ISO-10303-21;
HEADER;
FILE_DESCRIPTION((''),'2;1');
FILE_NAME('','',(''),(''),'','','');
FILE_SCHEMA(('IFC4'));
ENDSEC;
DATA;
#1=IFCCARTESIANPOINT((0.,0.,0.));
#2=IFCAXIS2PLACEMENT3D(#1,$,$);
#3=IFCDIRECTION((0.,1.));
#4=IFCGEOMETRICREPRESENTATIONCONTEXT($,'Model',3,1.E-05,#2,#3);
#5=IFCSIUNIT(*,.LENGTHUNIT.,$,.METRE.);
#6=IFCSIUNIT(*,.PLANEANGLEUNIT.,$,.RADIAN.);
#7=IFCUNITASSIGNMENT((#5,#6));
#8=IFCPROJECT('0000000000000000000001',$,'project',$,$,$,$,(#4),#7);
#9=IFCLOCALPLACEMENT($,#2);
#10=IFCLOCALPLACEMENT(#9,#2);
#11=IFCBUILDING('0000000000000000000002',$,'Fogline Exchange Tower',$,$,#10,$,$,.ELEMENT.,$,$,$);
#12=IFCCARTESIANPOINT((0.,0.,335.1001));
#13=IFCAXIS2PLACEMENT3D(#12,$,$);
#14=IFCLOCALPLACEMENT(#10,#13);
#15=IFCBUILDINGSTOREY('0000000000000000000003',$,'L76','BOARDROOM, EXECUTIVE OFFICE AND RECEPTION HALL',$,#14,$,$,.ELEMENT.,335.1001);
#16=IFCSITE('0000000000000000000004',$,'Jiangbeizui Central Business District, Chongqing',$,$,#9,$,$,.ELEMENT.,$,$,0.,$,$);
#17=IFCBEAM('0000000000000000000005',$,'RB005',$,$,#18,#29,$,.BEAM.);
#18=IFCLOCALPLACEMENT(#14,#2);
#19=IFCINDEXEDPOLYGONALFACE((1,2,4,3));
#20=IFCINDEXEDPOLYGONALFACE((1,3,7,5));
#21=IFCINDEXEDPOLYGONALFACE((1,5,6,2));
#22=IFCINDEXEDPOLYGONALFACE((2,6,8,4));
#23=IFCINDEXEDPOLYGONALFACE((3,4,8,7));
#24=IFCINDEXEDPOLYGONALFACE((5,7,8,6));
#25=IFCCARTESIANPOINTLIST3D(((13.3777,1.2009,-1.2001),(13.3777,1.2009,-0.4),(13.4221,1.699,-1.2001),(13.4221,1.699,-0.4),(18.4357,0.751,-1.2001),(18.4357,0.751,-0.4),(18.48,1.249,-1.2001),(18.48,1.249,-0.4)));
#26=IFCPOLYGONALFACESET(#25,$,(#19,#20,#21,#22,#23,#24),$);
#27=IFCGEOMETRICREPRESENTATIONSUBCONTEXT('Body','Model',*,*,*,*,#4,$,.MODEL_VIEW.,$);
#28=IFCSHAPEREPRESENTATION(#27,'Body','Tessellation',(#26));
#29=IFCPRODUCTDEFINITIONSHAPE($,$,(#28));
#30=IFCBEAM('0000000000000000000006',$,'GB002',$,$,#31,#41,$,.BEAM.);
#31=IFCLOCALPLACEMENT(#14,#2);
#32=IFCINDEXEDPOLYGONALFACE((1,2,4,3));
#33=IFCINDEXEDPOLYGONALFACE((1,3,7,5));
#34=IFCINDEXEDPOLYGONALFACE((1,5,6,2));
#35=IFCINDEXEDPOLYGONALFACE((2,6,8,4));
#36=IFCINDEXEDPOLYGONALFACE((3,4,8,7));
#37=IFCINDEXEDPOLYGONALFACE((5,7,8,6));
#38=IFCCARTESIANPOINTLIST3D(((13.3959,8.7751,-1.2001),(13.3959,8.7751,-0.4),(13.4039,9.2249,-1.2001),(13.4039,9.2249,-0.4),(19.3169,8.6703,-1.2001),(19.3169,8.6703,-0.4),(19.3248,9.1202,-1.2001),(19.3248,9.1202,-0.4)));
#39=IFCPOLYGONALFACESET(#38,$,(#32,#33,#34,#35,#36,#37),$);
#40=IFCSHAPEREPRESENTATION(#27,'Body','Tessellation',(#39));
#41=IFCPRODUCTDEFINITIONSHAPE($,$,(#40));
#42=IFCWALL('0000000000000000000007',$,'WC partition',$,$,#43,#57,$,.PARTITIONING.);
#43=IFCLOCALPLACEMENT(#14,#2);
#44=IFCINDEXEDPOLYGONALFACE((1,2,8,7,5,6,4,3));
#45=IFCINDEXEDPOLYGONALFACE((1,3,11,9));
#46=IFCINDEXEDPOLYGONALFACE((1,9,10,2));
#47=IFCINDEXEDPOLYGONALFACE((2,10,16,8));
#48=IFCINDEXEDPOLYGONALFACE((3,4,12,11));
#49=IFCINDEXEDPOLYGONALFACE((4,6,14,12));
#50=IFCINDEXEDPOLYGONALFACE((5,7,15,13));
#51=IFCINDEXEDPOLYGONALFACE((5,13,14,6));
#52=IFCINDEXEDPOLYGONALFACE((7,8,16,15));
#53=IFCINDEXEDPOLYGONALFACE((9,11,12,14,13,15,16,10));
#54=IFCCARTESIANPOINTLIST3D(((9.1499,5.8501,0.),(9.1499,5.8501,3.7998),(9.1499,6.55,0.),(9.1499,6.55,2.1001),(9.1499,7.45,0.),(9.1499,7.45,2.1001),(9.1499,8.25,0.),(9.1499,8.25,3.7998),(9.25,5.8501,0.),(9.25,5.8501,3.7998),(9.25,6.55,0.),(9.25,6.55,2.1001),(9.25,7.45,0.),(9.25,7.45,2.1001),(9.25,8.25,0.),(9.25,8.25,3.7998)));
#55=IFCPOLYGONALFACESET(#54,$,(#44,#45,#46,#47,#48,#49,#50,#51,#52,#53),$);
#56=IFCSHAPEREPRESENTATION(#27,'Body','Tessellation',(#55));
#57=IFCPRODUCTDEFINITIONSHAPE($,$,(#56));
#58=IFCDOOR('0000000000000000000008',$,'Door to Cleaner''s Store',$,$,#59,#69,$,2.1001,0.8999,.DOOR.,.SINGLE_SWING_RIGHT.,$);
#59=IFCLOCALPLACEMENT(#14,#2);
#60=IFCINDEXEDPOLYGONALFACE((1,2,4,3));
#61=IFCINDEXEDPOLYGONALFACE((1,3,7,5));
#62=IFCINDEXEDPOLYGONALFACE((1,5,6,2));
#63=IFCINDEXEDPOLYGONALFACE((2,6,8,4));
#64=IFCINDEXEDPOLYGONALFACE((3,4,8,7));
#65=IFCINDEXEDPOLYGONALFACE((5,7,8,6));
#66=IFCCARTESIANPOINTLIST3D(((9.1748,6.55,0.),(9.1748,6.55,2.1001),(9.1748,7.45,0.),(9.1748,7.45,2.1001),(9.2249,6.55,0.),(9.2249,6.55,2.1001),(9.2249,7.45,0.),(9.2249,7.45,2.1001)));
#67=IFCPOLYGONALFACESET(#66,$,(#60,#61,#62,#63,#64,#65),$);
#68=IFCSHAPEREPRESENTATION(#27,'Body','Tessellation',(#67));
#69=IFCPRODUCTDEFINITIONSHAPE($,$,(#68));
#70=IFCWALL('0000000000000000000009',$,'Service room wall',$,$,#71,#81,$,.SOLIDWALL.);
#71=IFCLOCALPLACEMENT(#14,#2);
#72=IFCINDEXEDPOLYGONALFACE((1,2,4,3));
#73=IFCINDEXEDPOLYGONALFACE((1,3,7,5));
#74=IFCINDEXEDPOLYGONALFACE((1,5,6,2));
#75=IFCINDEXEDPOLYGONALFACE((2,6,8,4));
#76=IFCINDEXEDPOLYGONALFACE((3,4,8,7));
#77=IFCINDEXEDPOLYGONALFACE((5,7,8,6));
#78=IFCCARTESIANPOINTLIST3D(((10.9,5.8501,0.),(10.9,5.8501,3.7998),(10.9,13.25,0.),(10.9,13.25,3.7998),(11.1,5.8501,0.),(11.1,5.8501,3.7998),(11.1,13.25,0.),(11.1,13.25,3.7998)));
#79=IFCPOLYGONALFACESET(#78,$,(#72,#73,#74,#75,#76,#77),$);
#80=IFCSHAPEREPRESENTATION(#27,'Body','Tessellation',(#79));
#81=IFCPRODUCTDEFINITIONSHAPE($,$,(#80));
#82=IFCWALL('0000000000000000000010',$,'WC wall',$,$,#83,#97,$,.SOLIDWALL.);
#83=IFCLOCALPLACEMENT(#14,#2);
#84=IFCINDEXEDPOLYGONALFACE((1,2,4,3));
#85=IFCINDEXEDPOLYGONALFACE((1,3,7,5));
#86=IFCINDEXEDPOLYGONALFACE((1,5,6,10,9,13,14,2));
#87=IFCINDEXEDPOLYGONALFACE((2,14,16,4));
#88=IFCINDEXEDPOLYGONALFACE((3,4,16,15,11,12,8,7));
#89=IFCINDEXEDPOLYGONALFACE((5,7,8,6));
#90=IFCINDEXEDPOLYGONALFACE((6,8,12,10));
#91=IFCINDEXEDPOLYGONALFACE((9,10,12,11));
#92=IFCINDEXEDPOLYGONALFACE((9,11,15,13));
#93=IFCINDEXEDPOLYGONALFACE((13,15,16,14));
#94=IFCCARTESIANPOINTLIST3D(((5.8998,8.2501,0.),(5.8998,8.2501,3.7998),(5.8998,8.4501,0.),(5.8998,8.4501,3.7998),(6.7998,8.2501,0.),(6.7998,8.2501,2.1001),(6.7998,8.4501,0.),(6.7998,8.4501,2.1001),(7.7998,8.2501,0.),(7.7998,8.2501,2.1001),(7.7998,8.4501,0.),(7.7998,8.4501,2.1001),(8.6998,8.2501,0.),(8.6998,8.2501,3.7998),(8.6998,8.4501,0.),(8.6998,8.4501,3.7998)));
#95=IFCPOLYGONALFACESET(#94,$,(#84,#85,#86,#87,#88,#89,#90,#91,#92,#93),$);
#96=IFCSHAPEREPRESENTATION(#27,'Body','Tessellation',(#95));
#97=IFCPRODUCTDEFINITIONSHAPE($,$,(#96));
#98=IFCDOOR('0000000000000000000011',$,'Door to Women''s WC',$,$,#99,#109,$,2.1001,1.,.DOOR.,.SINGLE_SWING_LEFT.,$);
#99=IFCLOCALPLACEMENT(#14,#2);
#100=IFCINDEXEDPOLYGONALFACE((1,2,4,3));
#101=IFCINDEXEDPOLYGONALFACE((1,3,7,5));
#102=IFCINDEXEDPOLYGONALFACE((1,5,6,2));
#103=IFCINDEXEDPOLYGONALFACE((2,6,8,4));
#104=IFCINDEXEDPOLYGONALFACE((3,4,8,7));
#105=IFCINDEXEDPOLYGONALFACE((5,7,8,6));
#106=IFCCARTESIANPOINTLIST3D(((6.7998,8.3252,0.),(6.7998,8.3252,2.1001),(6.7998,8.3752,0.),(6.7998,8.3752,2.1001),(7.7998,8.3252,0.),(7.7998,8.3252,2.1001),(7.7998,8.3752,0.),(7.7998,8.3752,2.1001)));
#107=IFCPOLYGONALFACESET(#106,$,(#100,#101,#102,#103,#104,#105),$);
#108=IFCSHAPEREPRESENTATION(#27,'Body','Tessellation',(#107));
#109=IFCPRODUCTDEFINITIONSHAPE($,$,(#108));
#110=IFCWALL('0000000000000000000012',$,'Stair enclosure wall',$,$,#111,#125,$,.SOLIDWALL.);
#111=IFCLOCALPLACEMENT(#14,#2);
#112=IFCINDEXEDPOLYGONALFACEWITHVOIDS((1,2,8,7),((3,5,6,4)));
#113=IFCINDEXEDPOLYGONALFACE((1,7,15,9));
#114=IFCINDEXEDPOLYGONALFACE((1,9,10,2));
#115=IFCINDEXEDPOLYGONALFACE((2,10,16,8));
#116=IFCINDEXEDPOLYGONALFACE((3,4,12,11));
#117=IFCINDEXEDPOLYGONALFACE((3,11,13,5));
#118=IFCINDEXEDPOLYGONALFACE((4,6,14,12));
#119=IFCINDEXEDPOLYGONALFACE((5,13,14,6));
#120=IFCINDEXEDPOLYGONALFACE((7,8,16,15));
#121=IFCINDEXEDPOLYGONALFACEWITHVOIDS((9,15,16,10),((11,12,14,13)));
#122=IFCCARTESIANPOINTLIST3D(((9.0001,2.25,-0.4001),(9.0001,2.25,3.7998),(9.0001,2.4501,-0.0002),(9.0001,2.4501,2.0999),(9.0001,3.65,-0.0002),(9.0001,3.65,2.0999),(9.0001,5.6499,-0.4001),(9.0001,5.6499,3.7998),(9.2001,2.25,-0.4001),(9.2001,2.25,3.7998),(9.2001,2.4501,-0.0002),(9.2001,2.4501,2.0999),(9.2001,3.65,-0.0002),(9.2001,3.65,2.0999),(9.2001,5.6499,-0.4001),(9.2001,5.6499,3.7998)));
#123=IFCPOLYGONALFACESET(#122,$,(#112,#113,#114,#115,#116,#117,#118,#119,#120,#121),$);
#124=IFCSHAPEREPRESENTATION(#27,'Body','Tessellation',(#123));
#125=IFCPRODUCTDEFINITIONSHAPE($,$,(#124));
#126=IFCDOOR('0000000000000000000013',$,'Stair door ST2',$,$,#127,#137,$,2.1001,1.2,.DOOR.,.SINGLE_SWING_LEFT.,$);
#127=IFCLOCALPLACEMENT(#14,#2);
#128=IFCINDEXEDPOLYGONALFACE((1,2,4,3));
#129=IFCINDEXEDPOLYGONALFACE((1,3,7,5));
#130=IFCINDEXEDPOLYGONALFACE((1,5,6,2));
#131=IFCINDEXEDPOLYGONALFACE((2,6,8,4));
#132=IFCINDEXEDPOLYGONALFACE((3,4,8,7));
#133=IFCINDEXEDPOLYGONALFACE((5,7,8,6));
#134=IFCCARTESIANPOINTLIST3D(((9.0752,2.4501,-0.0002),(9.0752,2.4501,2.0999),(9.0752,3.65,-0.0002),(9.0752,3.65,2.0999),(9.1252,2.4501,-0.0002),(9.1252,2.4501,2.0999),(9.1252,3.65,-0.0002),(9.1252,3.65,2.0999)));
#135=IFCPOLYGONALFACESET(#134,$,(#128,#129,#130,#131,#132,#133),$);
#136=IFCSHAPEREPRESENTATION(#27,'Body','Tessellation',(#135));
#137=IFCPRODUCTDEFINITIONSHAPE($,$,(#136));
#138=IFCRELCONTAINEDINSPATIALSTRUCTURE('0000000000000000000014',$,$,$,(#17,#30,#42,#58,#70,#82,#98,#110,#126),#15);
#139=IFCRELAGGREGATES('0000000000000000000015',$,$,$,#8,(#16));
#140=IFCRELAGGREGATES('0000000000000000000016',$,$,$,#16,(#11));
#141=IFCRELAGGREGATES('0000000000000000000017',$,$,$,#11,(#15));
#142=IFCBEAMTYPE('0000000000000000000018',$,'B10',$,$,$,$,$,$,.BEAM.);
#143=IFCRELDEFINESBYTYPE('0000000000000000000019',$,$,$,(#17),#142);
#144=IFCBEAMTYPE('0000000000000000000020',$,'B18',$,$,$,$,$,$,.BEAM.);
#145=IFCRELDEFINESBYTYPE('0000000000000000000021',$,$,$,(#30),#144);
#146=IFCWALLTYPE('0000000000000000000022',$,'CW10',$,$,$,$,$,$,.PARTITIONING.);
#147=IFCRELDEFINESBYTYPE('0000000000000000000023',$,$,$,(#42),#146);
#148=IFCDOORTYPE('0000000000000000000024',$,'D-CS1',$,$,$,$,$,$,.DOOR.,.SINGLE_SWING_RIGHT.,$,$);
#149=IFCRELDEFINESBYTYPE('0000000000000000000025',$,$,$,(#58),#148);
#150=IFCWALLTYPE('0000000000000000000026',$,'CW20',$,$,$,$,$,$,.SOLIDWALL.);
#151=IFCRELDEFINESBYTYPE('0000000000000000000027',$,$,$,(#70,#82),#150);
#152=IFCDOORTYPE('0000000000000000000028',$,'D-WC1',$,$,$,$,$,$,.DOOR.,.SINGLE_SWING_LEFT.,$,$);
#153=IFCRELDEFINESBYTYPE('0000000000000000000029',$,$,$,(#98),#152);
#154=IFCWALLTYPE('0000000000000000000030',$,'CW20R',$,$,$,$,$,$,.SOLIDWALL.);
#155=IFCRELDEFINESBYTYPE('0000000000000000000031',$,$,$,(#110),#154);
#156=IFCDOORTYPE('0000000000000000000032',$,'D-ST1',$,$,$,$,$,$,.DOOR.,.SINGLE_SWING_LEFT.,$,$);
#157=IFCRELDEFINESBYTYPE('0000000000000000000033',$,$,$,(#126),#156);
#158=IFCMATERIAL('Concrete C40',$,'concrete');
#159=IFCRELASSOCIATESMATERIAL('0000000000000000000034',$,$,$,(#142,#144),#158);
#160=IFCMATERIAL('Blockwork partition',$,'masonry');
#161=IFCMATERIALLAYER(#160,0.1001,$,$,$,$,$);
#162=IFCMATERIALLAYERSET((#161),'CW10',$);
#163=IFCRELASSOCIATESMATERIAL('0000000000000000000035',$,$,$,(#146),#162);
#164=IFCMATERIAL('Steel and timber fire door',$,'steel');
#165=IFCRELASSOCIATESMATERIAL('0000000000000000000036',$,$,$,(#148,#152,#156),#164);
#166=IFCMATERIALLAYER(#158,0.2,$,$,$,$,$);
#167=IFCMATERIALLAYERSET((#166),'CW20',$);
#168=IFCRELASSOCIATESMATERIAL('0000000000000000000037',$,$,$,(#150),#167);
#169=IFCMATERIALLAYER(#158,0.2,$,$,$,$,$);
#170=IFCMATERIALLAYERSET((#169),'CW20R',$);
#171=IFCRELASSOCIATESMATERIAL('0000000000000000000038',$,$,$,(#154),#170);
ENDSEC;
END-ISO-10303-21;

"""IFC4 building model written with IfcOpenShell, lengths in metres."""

from ifc_helpers import new_model, si_unit, direction, frame, frame_2d, origin, origin_2d, place, context, subcontext, project, spatial, rectangle, extrude, material, layer, layer_set, material_profile, profile_set, type_object, element, fill, save


model = new_model("IFC4")

# Units and contexts
model_context = context("Model", 3, precision=1e-05, world=origin(), true_north=direction((0.0, 1.0)))
body_context = subcontext(model_context, "Body", "Model", "MODEL_VIEW")
ifc_project = project(units=[si_unit("LENGTHUNIT", "METRE"), si_unit("PLANEANGLEUNIT", "RADIAN")], contexts=[model_context])

# Site, building, storey
site_placement = place(None, origin())
site = spatial("IfcSite", under=ifc_project, at=site_placement, Name="Jiangbeizui Central Business District, Chongqing", CompositionType="ELEMENT", RefElevation=0.0)
building_placement = place(site_placement, origin())
building = spatial("IfcBuilding", under=site, at=building_placement, Name="Fogline Exchange Tower", CompositionType="ELEMENT")
storey_placement = place(building_placement, frame((0.0, 0.0, 335.1001)))
storey = spatial("IfcBuildingStorey", under=building, at=storey_placement, Name="L76", Description="BOARDROOM, EXECUTIVE OFFICE AND RECEPTION HALL", CompositionType="ELEMENT", Elevation=335.1001)

# Beams
ifc_material_1 = material(Name="Concrete C40", Category="concrete")
ifc_material_profile_1 = material_profile(ifc_material_1, rectangle(XDim=0.5, YDim=0.8, at=origin_2d()), Name="RC 500x800")
ifc_profile_set_1 = profile_set([ifc_material_profile_1], Name="Concrete C40")
beam_type_1 = type_object("IfcBeamType", Name="B10", PredefinedType="BEAM", material=ifc_profile_set_1)
beam_1_placement = place(storey_placement, frame((13.3999, 1.45, -0.8), z_axis=(0.996066, -0.088611, 0.0), x_axis=(0.088611, 0.996066, 0.0)))
element("IfcBeam", 1, at=beam_1_placement, inside=storey, type_object=beam_type_1, Name="RB005", PredefinedType="BEAM", context=body_context, shape_type="SweptSolid", body=[
    extrude(rectangle(XDim=0.5, YDim=0.8, at=origin_2d()), origin(), (0.0, 0.0, 1.0), 5.0779),
])
ifc_material_profile_2 = material_profile(ifc_material_1, rectangle(XDim=0.45, YDim=0.8, at=origin_2d()), Name="RC 450x800")
ifc_profile_set_2 = profile_set([ifc_material_profile_2], Name="Concrete C40")
beam_type_2 = type_object("IfcBeamType", Name="B18", PredefinedType="BEAM", material=ifc_profile_set_2)
beam_2_placement = place(storey_placement, frame((13.3999, 9.0, -0.8), z_axis=(0.999844, -0.017686, 0.0), x_axis=(0.017686, 0.999844, 0.0)))
element("IfcBeam", 2, at=beam_2_placement, inside=storey, type_object=beam_type_2, Name="GB002", PredefinedType="BEAM", context=body_context, shape_type="SweptSolid", body=[
    extrude(rectangle(XDim=0.45, YDim=0.8, at=origin_2d()), origin(), (0.0, 0.0, 1.0), 5.9219),
])

# Wall, opening, door
ifc_material_2 = material(Name="Blockwork partition", Category="masonry")
ifc_layer_1 = layer(ifc_material_2, 0.1001)
ifc_layer_set_1 = layer_set([ifc_layer_1], Name="CW10")
wall_type_1 = type_object("IfcWallType", Name="CW10", PredefinedType="PARTITIONING", material=ifc_layer_set_1)
wall_1_placement = place(storey_placement, frame((9.2, 5.8501, 0.0), z_axis=(0.0, 0.0, 1.0), x_axis=(0.0, 1.0, 0.0)))
wall_1 = element("IfcWall", 3, at=wall_1_placement, inside=storey, type_object=wall_type_1, Name="WC partition", PredefinedType="PARTITIONING", context=body_context, shape_type="SweptSolid", body=[
    extrude(rectangle(XDim=2.3999, YDim=0.1001, at=frame_2d((1.2, 0.0))), origin(), (0.0, 0.0, 1.0), 3.7998),
])
opening_1_placement = place(wall_1_placement, frame((0.7, 0.0, 0.0)))
opening_1 = element("IfcOpeningElement", 4, at=opening_1_placement, cuts=wall_1, PredefinedType="OPENING", context=body_context, shape_type="SweptSolid", body=[
    extrude(rectangle(XDim=0.8999, YDim=2.1001, at=frame_2d((0.45, 1.05))), frame((0.0, 0.0601, 0.0), z_axis=(0.0, -1.0, 0.0), x_axis=(1.0, 0.0, 0.0)), (0.0, 0.0, 1.0), 0.1201),
])
ifc_material_3 = material(Name="Steel and timber fire door", Category="steel")
door_type_1 = type_object("IfcDoorType", Name="D-CS1", OperationType="SINGLE_SWING_RIGHT", PredefinedType="DOOR", material=ifc_material_3)
door_1_placement = place(opening_1_placement, frame((0.8999, 0.0, 0.0), z_axis=(0.0, 0.0, 1.0), x_axis=(-1.0, 0.0, 0.0)))
door_1 = element("IfcDoor", 5, at=door_1_placement, inside=storey, type_object=door_type_1, Name="Door to Cleaner's Store", OperationType="SINGLE_SWING_RIGHT", OverallHeight=2.1001, OverallWidth=0.8999, PredefinedType="DOOR", context=body_context, shape_type="SweptSolid", body=[
    extrude(rectangle(XDim=0.8999, YDim=2.1001, at=frame_2d((0.45, 1.05))), frame((0.0, 0.0249, 0.0), z_axis=(0.0, -1.0, 0.0), x_axis=(1.0, 0.0, 0.0)), (0.0, 0.0, 1.0), 0.05),
])
fill(opening_1, door_1)

# Wall
ifc_layer_2 = layer(ifc_material_1, 0.2)
ifc_layer_set_2 = layer_set([ifc_layer_2], Name="CW20")
wall_type_2 = type_object("IfcWallType", Name="CW20", PredefinedType="SOLIDWALL", material=ifc_layer_set_2)
wall_2_placement = place(storey_placement, frame((11.0, 5.8501, 0.0), z_axis=(0.0, 0.0, 1.0), x_axis=(0.0, 1.0, 0.0)))
element("IfcWall", 6, at=wall_2_placement, inside=storey, type_object=wall_type_2, Name="Service room wall", PredefinedType="SOLIDWALL", context=body_context, shape_type="SweptSolid", body=[
    extrude(rectangle(XDim=7.3999, YDim=0.2, at=frame_2d((3.7, 0.0))), origin(), (0.0, 0.0, 1.0), 3.7998),
])

# Walls, openings, doors
wall_3_placement = place(storey_placement, frame((5.8999, 8.3501, 0.0), z_axis=(0.0, 0.0, 1.0), x_axis=(1.0, 0.0, 0.0)))
wall_3 = element("IfcWall", 7, at=wall_3_placement, inside=storey, type_object=wall_type_2, Name="WC wall", PredefinedType="SOLIDWALL", context=body_context, shape_type="SweptSolid", body=[
    extrude(rectangle(XDim=2.8, YDim=0.2, at=frame_2d((1.3999, 0.0))), origin(), (0.0, 0.0, 1.0), 3.7998),
])
opening_2_placement = place(wall_3_placement, frame((0.8999, 0.0, 0.0)))
opening_2 = element("IfcOpeningElement", 8, at=opening_2_placement, cuts=wall_3, PredefinedType="OPENING", context=body_context, shape_type="SweptSolid", body=[
    extrude(rectangle(XDim=1.0, YDim=2.1001, at=frame_2d((0.5, 1.05))), frame((0.0, 0.1099, 0.0), z_axis=(0.0, -1.0, 0.0), x_axis=(1.0, 0.0, 0.0)), (0.0, 0.0, 1.0), 0.22),
])
door_type_2 = type_object("IfcDoorType", Name="D-WC1", OperationType="SINGLE_SWING_LEFT", PredefinedType="DOOR", material=ifc_material_3)
door_2_placement = place(opening_2_placement, frame((1.0, 0.0, 0.0), z_axis=(0.0, 0.0, 1.0), x_axis=(-1.0, 0.0, 0.0)))
door_2 = element("IfcDoor", 9, at=door_2_placement, inside=storey, type_object=door_type_2, Name="Door to Women's WC", OperationType="SINGLE_SWING_LEFT", OverallHeight=2.1001, OverallWidth=1.0, PredefinedType="DOOR", context=body_context, shape_type="SweptSolid", body=[
    extrude(rectangle(XDim=1.0, YDim=2.1001, at=frame_2d((0.5, 1.05))), frame((0.0, 0.0249, 0.0), z_axis=(0.0, -1.0, 0.0), x_axis=(1.0, 0.0, 0.0)), (0.0, 0.0, 1.0), 0.05),
])
fill(opening_2, door_2)
ifc_layer_3 = layer(ifc_material_1, 0.2)
ifc_layer_set_3 = layer_set([ifc_layer_3], Name="CW20R")
wall_type_3 = type_object("IfcWallType", Name="CW20R", PredefinedType="SOLIDWALL", material=ifc_layer_set_3)
wall_4_placement = place(storey_placement, frame((9.1001, 2.25, -0.4001), z_axis=(0.0, 0.0, 1.0), x_axis=(0.0, 1.0, 0.0)))
wall_4 = element("IfcWall", 10, at=wall_4_placement, inside=storey, type_object=wall_type_3, Name="Stair enclosure wall", PredefinedType="SOLIDWALL", context=body_context, shape_type="SweptSolid", body=[
    extrude(rectangle(XDim=3.3999, YDim=0.2, at=frame_2d((1.7, 0.0))), origin(), (0.0, 0.0, 1.0), 4.2),
])
opening_3_placement = place(wall_4_placement, frame((0.2, 0.0, 0.3999)))
opening_3 = element("IfcOpeningElement", 11, at=opening_3_placement, cuts=wall_4, PredefinedType="OPENING", context=body_context, shape_type="SweptSolid", body=[
    extrude(rectangle(XDim=1.2, YDim=2.1001, at=frame_2d((0.6001, 1.05))), frame((0.0, 0.1099, 0.0), z_axis=(0.0, -1.0, 0.0), x_axis=(1.0, 0.0, 0.0)), (0.0, 0.0, 1.0), 0.22),
])
door_type_3 = type_object("IfcDoorType", Name="D-ST1", OperationType="SINGLE_SWING_LEFT", PredefinedType="DOOR", material=ifc_material_3)
door_3_placement = place(opening_3_placement, origin())
door_3 = element("IfcDoor", 12, at=door_3_placement, inside=storey, type_object=door_type_3, Name="Stair door ST2", OperationType="SINGLE_SWING_LEFT", OverallHeight=2.1001, OverallWidth=1.2, PredefinedType="DOOR", context=body_context, shape_type="SweptSolid", body=[
    extrude(rectangle(XDim=1.2, YDim=2.1001, at=frame_2d((0.6001, 1.05))), frame((0.0, 0.0249, 0.0), z_axis=(0.0, -1.0, 0.0), x_axis=(1.0, 0.0, 0.0)), (0.0, 0.0, 1.0), 0.05),
])
fill(opening_3, door_3)

save(model, "model.ifc")
